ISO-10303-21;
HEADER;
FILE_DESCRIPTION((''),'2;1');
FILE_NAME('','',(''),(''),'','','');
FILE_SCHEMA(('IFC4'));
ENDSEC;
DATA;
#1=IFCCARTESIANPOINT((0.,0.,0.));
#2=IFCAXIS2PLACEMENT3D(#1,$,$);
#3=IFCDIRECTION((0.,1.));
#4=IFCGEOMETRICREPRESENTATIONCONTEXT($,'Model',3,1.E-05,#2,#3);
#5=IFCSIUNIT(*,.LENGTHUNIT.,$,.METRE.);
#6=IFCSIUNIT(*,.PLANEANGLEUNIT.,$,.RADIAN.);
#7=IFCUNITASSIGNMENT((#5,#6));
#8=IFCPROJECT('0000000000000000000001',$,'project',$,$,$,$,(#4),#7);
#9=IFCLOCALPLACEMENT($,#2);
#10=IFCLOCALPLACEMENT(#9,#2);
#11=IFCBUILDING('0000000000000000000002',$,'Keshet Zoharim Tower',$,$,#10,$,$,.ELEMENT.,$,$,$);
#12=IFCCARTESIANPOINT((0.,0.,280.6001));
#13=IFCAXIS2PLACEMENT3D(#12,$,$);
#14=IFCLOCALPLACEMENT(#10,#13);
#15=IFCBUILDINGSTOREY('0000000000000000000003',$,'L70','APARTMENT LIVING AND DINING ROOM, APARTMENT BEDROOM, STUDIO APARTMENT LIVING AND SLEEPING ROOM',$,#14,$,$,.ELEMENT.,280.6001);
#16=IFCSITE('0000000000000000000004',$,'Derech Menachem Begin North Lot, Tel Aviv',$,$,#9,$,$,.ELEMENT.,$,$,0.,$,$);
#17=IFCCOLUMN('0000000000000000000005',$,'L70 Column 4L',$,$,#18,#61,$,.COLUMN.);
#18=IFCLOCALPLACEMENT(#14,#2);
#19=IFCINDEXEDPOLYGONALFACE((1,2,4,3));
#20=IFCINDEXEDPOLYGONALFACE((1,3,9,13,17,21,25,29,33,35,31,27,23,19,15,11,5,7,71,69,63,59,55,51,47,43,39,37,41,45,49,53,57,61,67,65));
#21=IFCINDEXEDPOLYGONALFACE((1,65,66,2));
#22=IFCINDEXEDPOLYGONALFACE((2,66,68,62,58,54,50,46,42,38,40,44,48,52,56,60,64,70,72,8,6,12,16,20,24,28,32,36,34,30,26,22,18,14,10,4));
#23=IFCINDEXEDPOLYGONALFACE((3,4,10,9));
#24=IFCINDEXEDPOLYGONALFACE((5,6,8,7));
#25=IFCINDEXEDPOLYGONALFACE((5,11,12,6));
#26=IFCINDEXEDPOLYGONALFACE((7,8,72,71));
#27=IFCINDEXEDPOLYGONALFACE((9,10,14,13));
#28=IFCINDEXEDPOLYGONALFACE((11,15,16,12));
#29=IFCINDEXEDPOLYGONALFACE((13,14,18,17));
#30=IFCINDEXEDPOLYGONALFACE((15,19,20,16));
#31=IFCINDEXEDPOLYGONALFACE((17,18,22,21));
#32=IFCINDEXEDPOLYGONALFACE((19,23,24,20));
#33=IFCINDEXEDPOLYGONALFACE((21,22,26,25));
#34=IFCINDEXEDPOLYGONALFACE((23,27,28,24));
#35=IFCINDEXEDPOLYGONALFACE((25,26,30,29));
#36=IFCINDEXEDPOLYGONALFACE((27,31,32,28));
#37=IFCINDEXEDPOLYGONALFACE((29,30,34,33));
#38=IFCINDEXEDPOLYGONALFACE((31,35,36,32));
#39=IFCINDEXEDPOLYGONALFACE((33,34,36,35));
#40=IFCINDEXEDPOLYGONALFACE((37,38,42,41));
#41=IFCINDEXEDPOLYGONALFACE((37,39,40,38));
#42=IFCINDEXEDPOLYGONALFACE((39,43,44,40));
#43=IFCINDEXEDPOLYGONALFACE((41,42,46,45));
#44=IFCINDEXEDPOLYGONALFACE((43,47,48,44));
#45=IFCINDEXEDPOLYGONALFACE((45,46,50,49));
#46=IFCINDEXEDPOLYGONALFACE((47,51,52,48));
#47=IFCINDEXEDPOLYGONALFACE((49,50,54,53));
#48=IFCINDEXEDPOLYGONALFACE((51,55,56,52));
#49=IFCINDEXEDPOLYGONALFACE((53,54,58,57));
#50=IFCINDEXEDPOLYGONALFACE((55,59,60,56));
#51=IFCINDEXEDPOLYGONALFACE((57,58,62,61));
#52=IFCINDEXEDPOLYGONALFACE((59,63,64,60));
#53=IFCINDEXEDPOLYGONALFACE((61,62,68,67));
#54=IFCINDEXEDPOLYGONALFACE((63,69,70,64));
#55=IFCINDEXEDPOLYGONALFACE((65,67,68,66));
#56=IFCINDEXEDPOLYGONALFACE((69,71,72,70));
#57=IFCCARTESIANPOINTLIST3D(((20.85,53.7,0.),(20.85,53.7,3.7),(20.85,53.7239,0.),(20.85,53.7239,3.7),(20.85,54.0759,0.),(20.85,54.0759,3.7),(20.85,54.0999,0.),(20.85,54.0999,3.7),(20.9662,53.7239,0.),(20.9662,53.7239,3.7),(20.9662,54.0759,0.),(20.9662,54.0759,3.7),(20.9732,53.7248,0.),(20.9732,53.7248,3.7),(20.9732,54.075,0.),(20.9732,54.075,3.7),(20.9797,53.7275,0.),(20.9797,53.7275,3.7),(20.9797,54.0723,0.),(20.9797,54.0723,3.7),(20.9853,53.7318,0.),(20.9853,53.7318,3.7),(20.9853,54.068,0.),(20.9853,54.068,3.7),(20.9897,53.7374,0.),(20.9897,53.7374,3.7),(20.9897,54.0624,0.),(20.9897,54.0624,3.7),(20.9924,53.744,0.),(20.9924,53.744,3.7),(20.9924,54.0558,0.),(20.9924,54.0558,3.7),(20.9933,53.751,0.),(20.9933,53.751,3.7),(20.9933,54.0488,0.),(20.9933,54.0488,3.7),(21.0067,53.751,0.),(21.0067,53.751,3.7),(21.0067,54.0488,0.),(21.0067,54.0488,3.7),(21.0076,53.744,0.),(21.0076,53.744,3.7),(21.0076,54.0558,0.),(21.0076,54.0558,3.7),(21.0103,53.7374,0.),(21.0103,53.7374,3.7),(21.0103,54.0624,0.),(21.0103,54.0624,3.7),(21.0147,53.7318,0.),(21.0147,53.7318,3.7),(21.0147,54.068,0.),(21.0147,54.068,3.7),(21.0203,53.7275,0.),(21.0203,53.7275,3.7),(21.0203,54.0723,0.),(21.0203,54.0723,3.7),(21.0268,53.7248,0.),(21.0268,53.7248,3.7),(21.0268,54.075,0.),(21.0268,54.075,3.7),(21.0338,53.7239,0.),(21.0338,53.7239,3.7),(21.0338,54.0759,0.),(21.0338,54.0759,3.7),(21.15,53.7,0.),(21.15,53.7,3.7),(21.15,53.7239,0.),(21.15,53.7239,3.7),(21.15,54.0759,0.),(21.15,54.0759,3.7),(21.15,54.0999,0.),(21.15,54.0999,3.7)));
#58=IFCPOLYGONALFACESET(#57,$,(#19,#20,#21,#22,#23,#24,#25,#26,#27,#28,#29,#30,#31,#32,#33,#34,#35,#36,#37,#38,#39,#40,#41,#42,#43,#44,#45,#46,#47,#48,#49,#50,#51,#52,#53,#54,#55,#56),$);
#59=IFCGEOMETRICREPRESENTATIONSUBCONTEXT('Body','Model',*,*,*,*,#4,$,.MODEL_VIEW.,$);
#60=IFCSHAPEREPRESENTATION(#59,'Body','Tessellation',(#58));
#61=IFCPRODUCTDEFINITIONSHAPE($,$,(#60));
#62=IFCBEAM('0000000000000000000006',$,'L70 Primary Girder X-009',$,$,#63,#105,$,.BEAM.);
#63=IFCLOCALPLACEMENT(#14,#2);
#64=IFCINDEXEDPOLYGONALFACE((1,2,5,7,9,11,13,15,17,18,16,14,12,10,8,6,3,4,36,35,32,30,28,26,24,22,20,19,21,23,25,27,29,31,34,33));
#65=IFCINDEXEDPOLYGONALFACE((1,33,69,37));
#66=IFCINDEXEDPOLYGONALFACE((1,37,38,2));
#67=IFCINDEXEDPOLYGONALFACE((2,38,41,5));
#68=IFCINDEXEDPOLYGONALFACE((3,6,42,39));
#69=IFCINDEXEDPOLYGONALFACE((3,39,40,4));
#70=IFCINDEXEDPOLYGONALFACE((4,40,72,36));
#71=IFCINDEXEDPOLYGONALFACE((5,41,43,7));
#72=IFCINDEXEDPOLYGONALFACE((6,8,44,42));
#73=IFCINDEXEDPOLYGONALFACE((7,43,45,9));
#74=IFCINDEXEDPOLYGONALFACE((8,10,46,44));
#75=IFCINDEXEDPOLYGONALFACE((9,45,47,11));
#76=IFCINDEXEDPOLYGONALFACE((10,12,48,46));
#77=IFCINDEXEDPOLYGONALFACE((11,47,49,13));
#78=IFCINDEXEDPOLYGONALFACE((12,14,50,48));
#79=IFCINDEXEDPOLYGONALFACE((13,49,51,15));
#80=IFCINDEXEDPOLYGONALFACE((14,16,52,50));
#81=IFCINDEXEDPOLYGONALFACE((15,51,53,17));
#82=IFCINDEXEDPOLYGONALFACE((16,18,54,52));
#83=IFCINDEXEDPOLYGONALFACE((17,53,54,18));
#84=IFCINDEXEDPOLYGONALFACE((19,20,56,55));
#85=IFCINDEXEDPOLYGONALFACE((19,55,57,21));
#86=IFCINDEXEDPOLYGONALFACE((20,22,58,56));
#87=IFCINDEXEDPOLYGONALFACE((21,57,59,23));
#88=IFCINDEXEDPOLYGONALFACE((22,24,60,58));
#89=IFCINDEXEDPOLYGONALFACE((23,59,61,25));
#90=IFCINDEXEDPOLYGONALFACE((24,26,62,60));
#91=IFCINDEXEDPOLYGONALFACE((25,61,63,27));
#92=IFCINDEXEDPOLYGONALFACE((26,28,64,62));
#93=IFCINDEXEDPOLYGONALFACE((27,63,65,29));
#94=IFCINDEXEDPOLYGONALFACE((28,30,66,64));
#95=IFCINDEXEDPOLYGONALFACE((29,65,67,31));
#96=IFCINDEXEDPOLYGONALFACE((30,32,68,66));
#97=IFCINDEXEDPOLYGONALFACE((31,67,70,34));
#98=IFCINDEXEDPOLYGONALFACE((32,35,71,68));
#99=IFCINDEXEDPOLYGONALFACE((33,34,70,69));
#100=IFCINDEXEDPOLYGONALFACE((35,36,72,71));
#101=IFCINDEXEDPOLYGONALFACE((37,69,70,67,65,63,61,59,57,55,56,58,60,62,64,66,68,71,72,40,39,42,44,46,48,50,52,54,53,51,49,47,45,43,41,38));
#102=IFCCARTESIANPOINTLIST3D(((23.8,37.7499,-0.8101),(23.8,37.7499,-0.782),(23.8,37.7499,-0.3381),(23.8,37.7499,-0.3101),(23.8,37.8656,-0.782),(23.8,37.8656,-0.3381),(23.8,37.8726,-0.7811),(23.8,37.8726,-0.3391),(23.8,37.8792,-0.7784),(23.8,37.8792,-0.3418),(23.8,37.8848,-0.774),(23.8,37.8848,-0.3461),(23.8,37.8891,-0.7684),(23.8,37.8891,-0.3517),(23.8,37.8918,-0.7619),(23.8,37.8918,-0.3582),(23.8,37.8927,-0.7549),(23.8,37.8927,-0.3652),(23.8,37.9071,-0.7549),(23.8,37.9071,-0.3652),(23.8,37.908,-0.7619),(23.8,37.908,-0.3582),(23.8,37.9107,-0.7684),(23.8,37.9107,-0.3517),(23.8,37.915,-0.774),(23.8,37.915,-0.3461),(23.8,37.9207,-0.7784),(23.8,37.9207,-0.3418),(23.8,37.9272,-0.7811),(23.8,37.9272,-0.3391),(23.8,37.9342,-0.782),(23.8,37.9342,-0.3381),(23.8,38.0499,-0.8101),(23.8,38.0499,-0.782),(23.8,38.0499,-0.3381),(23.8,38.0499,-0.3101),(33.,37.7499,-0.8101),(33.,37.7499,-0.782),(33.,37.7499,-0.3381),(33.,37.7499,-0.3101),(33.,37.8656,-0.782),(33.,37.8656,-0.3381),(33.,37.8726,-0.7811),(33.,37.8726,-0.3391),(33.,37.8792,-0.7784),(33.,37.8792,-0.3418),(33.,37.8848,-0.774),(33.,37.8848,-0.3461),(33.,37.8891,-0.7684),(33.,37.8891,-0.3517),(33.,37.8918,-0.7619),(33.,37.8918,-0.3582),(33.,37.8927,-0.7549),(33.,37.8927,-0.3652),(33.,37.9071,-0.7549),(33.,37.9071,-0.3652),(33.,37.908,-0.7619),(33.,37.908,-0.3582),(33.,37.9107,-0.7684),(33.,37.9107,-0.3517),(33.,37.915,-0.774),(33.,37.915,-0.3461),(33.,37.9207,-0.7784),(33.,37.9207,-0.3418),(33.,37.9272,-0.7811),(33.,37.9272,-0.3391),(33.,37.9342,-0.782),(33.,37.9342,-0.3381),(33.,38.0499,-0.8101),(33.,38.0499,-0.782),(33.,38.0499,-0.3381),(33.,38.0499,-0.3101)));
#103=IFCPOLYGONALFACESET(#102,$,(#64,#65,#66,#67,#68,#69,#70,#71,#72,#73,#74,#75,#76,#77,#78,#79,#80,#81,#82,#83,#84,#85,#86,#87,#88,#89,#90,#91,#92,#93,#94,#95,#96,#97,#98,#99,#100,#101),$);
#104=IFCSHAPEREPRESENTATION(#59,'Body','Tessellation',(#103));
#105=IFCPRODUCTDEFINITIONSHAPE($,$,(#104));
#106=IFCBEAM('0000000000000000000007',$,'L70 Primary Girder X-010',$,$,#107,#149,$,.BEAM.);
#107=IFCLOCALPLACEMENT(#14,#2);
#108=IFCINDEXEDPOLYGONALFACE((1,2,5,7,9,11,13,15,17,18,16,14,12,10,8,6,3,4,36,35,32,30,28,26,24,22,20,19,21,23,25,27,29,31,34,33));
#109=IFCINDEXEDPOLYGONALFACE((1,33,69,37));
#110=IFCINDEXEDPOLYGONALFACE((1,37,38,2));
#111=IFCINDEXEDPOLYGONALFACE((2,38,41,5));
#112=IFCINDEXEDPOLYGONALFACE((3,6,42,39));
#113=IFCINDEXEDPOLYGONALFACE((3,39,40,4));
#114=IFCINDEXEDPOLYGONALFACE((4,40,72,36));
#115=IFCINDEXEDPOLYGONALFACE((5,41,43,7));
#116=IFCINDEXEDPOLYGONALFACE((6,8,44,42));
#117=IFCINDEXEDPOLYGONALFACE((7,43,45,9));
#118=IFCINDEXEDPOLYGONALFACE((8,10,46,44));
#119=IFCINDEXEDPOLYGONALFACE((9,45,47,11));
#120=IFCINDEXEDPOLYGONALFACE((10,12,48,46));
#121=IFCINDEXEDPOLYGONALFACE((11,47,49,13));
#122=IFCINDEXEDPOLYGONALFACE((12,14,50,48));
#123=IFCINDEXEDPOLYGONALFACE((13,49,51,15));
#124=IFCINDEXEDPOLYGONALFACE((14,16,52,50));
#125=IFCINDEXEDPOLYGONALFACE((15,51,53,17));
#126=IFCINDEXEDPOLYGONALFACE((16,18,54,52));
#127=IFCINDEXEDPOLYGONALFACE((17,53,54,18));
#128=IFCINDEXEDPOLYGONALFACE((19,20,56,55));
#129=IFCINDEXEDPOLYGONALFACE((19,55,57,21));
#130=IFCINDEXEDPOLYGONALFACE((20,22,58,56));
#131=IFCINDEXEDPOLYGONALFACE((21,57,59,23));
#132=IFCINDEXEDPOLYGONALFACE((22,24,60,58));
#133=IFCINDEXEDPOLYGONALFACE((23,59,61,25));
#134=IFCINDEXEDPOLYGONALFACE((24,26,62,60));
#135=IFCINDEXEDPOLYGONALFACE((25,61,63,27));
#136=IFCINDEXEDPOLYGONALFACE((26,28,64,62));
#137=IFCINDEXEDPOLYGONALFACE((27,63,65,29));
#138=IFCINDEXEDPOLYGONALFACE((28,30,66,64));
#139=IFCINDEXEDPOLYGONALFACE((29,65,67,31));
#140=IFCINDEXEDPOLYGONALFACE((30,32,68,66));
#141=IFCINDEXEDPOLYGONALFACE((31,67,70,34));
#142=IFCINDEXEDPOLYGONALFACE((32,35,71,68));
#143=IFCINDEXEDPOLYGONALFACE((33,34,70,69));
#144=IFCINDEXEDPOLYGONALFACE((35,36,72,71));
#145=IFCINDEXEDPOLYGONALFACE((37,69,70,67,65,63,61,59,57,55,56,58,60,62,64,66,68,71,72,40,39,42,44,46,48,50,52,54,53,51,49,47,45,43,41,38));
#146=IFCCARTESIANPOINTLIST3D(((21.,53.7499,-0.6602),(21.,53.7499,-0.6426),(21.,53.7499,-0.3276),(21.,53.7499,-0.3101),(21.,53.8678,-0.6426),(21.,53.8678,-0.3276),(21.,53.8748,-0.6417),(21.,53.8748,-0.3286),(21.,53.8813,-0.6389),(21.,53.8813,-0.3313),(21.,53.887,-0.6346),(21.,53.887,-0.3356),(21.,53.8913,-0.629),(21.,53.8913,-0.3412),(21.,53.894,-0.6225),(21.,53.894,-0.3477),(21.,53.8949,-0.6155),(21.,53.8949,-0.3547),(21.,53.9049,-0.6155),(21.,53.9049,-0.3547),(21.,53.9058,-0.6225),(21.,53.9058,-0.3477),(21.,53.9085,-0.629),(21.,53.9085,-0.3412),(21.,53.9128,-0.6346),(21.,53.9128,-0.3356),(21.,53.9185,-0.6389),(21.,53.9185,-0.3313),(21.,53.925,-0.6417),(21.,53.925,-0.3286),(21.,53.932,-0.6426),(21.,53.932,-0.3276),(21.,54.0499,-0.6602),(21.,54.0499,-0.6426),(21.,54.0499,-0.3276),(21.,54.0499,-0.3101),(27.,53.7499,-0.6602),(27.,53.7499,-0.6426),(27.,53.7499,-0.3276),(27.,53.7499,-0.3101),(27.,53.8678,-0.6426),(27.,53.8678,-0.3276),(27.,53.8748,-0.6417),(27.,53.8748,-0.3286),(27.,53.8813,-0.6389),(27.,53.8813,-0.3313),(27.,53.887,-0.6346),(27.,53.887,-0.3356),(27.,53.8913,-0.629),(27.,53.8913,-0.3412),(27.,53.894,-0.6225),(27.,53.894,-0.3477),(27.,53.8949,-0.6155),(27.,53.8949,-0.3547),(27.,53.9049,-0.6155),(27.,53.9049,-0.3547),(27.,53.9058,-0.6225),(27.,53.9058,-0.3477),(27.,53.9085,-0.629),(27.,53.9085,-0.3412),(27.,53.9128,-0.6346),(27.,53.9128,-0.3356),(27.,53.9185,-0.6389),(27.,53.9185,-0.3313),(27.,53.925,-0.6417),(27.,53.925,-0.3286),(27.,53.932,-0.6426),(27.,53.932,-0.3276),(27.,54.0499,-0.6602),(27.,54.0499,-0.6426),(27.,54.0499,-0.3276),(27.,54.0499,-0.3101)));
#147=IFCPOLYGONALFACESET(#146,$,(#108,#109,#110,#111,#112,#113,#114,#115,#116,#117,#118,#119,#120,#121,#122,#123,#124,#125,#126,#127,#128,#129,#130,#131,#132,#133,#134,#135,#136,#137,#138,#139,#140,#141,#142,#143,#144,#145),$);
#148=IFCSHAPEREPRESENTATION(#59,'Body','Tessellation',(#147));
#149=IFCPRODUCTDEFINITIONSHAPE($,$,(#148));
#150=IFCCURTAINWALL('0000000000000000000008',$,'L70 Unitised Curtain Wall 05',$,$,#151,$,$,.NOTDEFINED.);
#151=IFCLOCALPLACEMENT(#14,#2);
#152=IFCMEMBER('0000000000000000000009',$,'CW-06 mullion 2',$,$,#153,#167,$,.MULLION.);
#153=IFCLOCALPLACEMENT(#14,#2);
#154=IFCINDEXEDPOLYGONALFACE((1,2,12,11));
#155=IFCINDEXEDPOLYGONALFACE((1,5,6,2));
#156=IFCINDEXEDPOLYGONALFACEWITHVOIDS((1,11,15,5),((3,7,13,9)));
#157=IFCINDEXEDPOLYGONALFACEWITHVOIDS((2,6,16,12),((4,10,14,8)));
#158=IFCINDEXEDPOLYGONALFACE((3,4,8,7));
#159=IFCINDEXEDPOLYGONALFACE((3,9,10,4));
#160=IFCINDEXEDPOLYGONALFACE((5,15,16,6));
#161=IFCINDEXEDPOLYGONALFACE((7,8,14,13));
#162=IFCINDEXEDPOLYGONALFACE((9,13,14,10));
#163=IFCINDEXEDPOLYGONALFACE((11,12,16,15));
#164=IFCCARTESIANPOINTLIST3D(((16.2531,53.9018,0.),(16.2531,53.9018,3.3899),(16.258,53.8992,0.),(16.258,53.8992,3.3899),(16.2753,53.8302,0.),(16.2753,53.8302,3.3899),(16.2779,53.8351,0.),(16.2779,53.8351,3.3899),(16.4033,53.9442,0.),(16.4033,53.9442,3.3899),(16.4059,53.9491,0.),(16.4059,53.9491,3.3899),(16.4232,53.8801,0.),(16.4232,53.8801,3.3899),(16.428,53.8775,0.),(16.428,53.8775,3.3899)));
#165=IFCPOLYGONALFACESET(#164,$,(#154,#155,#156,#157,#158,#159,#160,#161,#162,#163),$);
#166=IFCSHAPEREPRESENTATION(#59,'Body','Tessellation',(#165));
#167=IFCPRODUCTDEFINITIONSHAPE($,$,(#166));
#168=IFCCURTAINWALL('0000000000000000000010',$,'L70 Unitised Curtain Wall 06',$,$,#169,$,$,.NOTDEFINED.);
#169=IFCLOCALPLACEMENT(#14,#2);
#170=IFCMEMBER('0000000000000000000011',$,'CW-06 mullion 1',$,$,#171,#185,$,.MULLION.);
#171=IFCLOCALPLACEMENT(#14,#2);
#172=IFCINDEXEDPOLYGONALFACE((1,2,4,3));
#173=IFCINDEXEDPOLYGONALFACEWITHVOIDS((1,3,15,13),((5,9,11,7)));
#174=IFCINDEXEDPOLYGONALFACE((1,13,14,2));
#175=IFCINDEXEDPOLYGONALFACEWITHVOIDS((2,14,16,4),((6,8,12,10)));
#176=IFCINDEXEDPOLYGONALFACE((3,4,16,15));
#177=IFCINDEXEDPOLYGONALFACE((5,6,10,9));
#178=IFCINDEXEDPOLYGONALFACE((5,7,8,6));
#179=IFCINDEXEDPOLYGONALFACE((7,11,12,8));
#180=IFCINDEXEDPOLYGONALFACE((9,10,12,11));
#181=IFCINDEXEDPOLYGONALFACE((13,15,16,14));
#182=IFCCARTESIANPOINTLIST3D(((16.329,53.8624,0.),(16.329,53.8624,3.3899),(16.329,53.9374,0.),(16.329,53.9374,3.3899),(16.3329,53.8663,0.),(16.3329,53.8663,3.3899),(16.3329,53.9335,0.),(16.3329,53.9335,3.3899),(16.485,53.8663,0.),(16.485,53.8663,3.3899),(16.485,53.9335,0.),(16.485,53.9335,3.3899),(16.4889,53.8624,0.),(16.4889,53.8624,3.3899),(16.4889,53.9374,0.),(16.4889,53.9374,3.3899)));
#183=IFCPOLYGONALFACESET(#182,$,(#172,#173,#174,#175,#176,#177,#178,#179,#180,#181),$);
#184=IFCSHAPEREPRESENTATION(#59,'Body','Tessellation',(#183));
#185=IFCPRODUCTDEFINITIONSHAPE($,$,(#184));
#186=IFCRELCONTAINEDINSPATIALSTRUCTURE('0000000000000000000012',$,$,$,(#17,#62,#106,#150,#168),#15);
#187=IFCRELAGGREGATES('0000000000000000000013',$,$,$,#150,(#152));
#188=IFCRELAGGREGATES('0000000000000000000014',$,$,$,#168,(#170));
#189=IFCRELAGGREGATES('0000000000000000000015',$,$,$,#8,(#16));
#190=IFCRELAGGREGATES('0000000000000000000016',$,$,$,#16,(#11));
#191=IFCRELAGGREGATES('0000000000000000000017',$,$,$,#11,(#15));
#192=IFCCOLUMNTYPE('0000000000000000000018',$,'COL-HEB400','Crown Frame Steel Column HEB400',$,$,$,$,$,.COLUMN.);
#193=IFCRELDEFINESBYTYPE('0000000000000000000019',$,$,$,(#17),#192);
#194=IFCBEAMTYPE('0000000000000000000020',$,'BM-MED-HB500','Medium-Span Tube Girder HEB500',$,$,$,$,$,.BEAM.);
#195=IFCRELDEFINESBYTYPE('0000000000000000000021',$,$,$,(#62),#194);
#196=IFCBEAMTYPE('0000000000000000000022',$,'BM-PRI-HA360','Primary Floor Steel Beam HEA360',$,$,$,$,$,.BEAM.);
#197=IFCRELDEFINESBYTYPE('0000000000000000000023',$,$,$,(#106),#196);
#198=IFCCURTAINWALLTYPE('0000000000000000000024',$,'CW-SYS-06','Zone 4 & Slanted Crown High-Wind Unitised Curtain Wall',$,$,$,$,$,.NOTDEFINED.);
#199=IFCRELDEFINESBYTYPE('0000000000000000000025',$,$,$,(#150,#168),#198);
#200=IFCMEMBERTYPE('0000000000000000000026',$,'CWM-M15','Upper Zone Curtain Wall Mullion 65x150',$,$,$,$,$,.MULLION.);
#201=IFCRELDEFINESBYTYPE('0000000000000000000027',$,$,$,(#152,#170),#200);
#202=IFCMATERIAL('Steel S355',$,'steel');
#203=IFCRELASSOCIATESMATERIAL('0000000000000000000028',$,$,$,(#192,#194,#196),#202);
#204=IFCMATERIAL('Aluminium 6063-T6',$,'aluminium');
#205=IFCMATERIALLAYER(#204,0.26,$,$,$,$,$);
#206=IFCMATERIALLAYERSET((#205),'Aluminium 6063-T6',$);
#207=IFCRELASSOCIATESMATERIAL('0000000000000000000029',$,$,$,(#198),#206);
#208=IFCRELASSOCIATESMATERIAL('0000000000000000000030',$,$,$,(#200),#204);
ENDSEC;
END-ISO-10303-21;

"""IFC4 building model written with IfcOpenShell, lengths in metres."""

from ifc_helpers import new_model, si_unit, direction, frame, origin, origin_2d, place, context, subcontext, project, spatial, hollow_rectangle, i_section, extrude, material, layer, layer_set, material_profile, profile_set, type_object, element, aggregate, save


model = new_model("IFC4")

# Units and contexts
model_context = context("Model", 3, precision=1e-05, world=origin(), true_north=direction((0.0, 1.0)))
body_context = subcontext(model_context, "Body", "Model", "MODEL_VIEW")
ifc_project = project(units=[si_unit("LENGTHUNIT", "METRE"), si_unit("PLANEANGLEUNIT", "RADIAN")], contexts=[model_context])

# Site, building, storey
site_placement = place(None, origin())
site = spatial("IfcSite", under=ifc_project, at=site_placement, Name="Derech Menachem Begin North Lot, Tel Aviv", CompositionType="ELEMENT", RefElevation=0.0)
building_placement = place(site_placement, origin())
building = spatial("IfcBuilding", under=site, at=building_placement, Name="Keshet Zoharim Tower", CompositionType="ELEMENT")
storey_placement = place(building_placement, frame((0.0, 0.0, 280.6001)))
storey = spatial("IfcBuildingStorey", under=building, at=storey_placement, Name="L70", Description="APARTMENT LIVING AND DINING ROOM, APARTMENT BEDROOM, STUDIO APARTMENT LIVING AND SLEEPING ROOM", CompositionType="ELEMENT", Elevation=280.6001)

# Column
ifc_material_1 = material(Name="Steel S355", Category="steel")
ifc_material_profile_1 = material_profile(ifc_material_1, i_section(OverallWidth=0.3, OverallDepth=0.3999, WebThickness=0.0134, FlangeThickness=0.0239, FilletRadius=0.0271, at=origin_2d()), Name="HEB400")
ifc_profile_set_1 = profile_set([ifc_material_profile_1], Name="Steel S355")
column_type = type_object("IfcColumnType", Name="COL-HEB400", Description="Crown Frame Steel Column HEB400", PredefinedType="COLUMN", material=ifc_profile_set_1)
column_placement = place(storey_placement, frame((21.0, 53.8999, 0.0), z_axis=(0.0, 0.0, 1.0), x_axis=(1.0, 0.0, 0.0)))
element("IfcColumn", 1, at=column_placement, inside=storey, type_object=column_type, Name="L70 Column 4L", PredefinedType="COLUMN", context=body_context, shape_type="SweptSolid", body=[
    extrude(i_section(OverallWidth=0.3, OverallDepth=0.3999, WebThickness=0.0134, FlangeThickness=0.0239, FilletRadius=0.0271, at=origin_2d()), origin(), (0.0, 0.0, 1.0), 3.7),
])

# Beams
ifc_material_profile_2 = material_profile(ifc_material_1, i_section(OverallWidth=0.3, OverallDepth=0.5, WebThickness=0.0144, FlangeThickness=0.0281, FilletRadius=0.0271, at=origin_2d()), Name="HEB500")
ifc_profile_set_2 = profile_set([ifc_material_profile_2], Name="Steel S355")
beam_type_1 = type_object("IfcBeamType", Name="BM-MED-HB500", Description="Medium-Span Tube Girder HEB500", PredefinedType="BEAM", material=ifc_profile_set_2)
beam_1_placement = place(storey_placement, frame((23.8, 37.8999, -0.5601), z_axis=(1.0, 0.0, 0.0), x_axis=(0.0, 1.0, 0.0)))
element("IfcBeam", 2, at=beam_1_placement, inside=storey, type_object=beam_type_1, Name="L70 Primary Girder X-009", PredefinedType="BEAM", context=body_context, shape_type="SweptSolid", body=[
    extrude(i_section(OverallWidth=0.3, OverallDepth=0.5, WebThickness=0.0144, FlangeThickness=0.0281, FilletRadius=0.0271, at=origin_2d()), origin(), (0.0, 0.0, 1.0), 9.2),
])
ifc_material_profile_3 = material_profile(ifc_material_1, i_section(OverallWidth=0.3, OverallDepth=0.3501, WebThickness=0.01, FlangeThickness=0.0176, FilletRadius=0.0271, at=origin_2d()), Name="HEA360")
ifc_profile_set_3 = profile_set([ifc_material_profile_3], Name="Steel S355")
beam_type_2 = type_object("IfcBeamType", Name="BM-PRI-HA360", Description="Primary Floor Steel Beam HEA360", PredefinedType="BEAM", material=ifc_profile_set_3)
beam_2_placement = place(storey_placement, frame((21.0, 53.8999, -0.4851), z_axis=(1.0, 0.0, 0.0), x_axis=(0.0, 1.0, 0.0)))
element("IfcBeam", 3, at=beam_2_placement, inside=storey, type_object=beam_type_2, Name="L70 Primary Girder X-010", PredefinedType="BEAM", context=body_context, shape_type="SweptSolid", body=[
    extrude(i_section(OverallWidth=0.3, OverallDepth=0.3501, WebThickness=0.01, FlangeThickness=0.0176, FilletRadius=0.0271, at=origin_2d()), origin(), (0.0, 0.0, 1.0), 6.0),
])

# Curtain wall, member
ifc_material_2 = material(Name="Aluminium 6063-T6", Category="aluminium")
ifc_layer_1 = layer(ifc_material_2, 0.26)
ifc_layer_set_1 = layer_set([ifc_layer_1], Name="Aluminium 6063-T6")
curtain_wall_type = type_object("IfcCurtainWallType", Name="CW-SYS-06", Description="Zone 4 & Slanted Crown High-Wind Unitised Curtain Wall", PredefinedType="NOTDEFINED", material=ifc_layer_set_1)
curtain_wall_1_placement = place(storey_placement, origin())
curtain_wall_1 = element("IfcCurtainWall", 4, at=curtain_wall_1_placement, inside=storey, type_object=curtain_wall_type, Name="L70 Unitised Curtain Wall 05", PredefinedType="NOTDEFINED")
ifc_material_profile_4 = material_profile(ifc_material_2, hollow_rectangle(XDim=0.075, YDim=0.1599, WallThickness=0.0039, at=origin_2d()), Name="MUL-75x160")
ifc_profile_set_4 = profile_set([ifc_material_profile_4], Name="Aluminium 6063-T6")
member_type_1 = type_object("IfcMemberType", Name="CWM-M15", Description="Upper Zone Curtain Wall Mullion 65x150", PredefinedType="MULLION", material=ifc_profile_set_4)
member_1_placement = place(storey_placement, frame((16.3406, 53.8896, 0.0), z_axis=(0.0, 0.0, 1.0), x_axis=(-0.295922, 0.955212, 0.0)))
member_1 = element("IfcMember", 5, at=member_1_placement, type_object=member_type_1, Name="CW-06 mullion 2", PredefinedType="MULLION", context=body_context, shape_type="SweptSolid", body=[
    extrude(hollow_rectangle(XDim=0.075, YDim=0.1599, WallThickness=0.0039, at=origin_2d()), origin(), (0.0, 0.0, 1.0), 3.3899),
])
aggregate(curtain_wall_1, [member_1])

# Curtain wall, member
curtain_wall_2_placement = place(storey_placement, origin())
curtain_wall_2 = element("IfcCurtainWall", 6, at=curtain_wall_2_placement, inside=storey, type_object=curtain_wall_type, Name="L70 Unitised Curtain Wall 06", PredefinedType="NOTDEFINED")
member_2_placement = place(storey_placement, frame((16.4089, 53.8999, 0.0), z_axis=(0.0, 0.0, 1.0), x_axis=(0.0, 1.0, 0.0)))
member_2 = element("IfcMember", 7, at=member_2_placement, type_object=member_type_1, Name="CW-06 mullion 1", PredefinedType="MULLION", context=body_context, shape_type="SweptSolid", body=[
    extrude(hollow_rectangle(XDim=0.075, YDim=0.1599, WallThickness=0.0039, at=origin_2d()), origin(), (0.0, 0.0, 1.0), 3.3899),
])
aggregate(curtain_wall_2, [member_2])

save(model, "model.ifc")
